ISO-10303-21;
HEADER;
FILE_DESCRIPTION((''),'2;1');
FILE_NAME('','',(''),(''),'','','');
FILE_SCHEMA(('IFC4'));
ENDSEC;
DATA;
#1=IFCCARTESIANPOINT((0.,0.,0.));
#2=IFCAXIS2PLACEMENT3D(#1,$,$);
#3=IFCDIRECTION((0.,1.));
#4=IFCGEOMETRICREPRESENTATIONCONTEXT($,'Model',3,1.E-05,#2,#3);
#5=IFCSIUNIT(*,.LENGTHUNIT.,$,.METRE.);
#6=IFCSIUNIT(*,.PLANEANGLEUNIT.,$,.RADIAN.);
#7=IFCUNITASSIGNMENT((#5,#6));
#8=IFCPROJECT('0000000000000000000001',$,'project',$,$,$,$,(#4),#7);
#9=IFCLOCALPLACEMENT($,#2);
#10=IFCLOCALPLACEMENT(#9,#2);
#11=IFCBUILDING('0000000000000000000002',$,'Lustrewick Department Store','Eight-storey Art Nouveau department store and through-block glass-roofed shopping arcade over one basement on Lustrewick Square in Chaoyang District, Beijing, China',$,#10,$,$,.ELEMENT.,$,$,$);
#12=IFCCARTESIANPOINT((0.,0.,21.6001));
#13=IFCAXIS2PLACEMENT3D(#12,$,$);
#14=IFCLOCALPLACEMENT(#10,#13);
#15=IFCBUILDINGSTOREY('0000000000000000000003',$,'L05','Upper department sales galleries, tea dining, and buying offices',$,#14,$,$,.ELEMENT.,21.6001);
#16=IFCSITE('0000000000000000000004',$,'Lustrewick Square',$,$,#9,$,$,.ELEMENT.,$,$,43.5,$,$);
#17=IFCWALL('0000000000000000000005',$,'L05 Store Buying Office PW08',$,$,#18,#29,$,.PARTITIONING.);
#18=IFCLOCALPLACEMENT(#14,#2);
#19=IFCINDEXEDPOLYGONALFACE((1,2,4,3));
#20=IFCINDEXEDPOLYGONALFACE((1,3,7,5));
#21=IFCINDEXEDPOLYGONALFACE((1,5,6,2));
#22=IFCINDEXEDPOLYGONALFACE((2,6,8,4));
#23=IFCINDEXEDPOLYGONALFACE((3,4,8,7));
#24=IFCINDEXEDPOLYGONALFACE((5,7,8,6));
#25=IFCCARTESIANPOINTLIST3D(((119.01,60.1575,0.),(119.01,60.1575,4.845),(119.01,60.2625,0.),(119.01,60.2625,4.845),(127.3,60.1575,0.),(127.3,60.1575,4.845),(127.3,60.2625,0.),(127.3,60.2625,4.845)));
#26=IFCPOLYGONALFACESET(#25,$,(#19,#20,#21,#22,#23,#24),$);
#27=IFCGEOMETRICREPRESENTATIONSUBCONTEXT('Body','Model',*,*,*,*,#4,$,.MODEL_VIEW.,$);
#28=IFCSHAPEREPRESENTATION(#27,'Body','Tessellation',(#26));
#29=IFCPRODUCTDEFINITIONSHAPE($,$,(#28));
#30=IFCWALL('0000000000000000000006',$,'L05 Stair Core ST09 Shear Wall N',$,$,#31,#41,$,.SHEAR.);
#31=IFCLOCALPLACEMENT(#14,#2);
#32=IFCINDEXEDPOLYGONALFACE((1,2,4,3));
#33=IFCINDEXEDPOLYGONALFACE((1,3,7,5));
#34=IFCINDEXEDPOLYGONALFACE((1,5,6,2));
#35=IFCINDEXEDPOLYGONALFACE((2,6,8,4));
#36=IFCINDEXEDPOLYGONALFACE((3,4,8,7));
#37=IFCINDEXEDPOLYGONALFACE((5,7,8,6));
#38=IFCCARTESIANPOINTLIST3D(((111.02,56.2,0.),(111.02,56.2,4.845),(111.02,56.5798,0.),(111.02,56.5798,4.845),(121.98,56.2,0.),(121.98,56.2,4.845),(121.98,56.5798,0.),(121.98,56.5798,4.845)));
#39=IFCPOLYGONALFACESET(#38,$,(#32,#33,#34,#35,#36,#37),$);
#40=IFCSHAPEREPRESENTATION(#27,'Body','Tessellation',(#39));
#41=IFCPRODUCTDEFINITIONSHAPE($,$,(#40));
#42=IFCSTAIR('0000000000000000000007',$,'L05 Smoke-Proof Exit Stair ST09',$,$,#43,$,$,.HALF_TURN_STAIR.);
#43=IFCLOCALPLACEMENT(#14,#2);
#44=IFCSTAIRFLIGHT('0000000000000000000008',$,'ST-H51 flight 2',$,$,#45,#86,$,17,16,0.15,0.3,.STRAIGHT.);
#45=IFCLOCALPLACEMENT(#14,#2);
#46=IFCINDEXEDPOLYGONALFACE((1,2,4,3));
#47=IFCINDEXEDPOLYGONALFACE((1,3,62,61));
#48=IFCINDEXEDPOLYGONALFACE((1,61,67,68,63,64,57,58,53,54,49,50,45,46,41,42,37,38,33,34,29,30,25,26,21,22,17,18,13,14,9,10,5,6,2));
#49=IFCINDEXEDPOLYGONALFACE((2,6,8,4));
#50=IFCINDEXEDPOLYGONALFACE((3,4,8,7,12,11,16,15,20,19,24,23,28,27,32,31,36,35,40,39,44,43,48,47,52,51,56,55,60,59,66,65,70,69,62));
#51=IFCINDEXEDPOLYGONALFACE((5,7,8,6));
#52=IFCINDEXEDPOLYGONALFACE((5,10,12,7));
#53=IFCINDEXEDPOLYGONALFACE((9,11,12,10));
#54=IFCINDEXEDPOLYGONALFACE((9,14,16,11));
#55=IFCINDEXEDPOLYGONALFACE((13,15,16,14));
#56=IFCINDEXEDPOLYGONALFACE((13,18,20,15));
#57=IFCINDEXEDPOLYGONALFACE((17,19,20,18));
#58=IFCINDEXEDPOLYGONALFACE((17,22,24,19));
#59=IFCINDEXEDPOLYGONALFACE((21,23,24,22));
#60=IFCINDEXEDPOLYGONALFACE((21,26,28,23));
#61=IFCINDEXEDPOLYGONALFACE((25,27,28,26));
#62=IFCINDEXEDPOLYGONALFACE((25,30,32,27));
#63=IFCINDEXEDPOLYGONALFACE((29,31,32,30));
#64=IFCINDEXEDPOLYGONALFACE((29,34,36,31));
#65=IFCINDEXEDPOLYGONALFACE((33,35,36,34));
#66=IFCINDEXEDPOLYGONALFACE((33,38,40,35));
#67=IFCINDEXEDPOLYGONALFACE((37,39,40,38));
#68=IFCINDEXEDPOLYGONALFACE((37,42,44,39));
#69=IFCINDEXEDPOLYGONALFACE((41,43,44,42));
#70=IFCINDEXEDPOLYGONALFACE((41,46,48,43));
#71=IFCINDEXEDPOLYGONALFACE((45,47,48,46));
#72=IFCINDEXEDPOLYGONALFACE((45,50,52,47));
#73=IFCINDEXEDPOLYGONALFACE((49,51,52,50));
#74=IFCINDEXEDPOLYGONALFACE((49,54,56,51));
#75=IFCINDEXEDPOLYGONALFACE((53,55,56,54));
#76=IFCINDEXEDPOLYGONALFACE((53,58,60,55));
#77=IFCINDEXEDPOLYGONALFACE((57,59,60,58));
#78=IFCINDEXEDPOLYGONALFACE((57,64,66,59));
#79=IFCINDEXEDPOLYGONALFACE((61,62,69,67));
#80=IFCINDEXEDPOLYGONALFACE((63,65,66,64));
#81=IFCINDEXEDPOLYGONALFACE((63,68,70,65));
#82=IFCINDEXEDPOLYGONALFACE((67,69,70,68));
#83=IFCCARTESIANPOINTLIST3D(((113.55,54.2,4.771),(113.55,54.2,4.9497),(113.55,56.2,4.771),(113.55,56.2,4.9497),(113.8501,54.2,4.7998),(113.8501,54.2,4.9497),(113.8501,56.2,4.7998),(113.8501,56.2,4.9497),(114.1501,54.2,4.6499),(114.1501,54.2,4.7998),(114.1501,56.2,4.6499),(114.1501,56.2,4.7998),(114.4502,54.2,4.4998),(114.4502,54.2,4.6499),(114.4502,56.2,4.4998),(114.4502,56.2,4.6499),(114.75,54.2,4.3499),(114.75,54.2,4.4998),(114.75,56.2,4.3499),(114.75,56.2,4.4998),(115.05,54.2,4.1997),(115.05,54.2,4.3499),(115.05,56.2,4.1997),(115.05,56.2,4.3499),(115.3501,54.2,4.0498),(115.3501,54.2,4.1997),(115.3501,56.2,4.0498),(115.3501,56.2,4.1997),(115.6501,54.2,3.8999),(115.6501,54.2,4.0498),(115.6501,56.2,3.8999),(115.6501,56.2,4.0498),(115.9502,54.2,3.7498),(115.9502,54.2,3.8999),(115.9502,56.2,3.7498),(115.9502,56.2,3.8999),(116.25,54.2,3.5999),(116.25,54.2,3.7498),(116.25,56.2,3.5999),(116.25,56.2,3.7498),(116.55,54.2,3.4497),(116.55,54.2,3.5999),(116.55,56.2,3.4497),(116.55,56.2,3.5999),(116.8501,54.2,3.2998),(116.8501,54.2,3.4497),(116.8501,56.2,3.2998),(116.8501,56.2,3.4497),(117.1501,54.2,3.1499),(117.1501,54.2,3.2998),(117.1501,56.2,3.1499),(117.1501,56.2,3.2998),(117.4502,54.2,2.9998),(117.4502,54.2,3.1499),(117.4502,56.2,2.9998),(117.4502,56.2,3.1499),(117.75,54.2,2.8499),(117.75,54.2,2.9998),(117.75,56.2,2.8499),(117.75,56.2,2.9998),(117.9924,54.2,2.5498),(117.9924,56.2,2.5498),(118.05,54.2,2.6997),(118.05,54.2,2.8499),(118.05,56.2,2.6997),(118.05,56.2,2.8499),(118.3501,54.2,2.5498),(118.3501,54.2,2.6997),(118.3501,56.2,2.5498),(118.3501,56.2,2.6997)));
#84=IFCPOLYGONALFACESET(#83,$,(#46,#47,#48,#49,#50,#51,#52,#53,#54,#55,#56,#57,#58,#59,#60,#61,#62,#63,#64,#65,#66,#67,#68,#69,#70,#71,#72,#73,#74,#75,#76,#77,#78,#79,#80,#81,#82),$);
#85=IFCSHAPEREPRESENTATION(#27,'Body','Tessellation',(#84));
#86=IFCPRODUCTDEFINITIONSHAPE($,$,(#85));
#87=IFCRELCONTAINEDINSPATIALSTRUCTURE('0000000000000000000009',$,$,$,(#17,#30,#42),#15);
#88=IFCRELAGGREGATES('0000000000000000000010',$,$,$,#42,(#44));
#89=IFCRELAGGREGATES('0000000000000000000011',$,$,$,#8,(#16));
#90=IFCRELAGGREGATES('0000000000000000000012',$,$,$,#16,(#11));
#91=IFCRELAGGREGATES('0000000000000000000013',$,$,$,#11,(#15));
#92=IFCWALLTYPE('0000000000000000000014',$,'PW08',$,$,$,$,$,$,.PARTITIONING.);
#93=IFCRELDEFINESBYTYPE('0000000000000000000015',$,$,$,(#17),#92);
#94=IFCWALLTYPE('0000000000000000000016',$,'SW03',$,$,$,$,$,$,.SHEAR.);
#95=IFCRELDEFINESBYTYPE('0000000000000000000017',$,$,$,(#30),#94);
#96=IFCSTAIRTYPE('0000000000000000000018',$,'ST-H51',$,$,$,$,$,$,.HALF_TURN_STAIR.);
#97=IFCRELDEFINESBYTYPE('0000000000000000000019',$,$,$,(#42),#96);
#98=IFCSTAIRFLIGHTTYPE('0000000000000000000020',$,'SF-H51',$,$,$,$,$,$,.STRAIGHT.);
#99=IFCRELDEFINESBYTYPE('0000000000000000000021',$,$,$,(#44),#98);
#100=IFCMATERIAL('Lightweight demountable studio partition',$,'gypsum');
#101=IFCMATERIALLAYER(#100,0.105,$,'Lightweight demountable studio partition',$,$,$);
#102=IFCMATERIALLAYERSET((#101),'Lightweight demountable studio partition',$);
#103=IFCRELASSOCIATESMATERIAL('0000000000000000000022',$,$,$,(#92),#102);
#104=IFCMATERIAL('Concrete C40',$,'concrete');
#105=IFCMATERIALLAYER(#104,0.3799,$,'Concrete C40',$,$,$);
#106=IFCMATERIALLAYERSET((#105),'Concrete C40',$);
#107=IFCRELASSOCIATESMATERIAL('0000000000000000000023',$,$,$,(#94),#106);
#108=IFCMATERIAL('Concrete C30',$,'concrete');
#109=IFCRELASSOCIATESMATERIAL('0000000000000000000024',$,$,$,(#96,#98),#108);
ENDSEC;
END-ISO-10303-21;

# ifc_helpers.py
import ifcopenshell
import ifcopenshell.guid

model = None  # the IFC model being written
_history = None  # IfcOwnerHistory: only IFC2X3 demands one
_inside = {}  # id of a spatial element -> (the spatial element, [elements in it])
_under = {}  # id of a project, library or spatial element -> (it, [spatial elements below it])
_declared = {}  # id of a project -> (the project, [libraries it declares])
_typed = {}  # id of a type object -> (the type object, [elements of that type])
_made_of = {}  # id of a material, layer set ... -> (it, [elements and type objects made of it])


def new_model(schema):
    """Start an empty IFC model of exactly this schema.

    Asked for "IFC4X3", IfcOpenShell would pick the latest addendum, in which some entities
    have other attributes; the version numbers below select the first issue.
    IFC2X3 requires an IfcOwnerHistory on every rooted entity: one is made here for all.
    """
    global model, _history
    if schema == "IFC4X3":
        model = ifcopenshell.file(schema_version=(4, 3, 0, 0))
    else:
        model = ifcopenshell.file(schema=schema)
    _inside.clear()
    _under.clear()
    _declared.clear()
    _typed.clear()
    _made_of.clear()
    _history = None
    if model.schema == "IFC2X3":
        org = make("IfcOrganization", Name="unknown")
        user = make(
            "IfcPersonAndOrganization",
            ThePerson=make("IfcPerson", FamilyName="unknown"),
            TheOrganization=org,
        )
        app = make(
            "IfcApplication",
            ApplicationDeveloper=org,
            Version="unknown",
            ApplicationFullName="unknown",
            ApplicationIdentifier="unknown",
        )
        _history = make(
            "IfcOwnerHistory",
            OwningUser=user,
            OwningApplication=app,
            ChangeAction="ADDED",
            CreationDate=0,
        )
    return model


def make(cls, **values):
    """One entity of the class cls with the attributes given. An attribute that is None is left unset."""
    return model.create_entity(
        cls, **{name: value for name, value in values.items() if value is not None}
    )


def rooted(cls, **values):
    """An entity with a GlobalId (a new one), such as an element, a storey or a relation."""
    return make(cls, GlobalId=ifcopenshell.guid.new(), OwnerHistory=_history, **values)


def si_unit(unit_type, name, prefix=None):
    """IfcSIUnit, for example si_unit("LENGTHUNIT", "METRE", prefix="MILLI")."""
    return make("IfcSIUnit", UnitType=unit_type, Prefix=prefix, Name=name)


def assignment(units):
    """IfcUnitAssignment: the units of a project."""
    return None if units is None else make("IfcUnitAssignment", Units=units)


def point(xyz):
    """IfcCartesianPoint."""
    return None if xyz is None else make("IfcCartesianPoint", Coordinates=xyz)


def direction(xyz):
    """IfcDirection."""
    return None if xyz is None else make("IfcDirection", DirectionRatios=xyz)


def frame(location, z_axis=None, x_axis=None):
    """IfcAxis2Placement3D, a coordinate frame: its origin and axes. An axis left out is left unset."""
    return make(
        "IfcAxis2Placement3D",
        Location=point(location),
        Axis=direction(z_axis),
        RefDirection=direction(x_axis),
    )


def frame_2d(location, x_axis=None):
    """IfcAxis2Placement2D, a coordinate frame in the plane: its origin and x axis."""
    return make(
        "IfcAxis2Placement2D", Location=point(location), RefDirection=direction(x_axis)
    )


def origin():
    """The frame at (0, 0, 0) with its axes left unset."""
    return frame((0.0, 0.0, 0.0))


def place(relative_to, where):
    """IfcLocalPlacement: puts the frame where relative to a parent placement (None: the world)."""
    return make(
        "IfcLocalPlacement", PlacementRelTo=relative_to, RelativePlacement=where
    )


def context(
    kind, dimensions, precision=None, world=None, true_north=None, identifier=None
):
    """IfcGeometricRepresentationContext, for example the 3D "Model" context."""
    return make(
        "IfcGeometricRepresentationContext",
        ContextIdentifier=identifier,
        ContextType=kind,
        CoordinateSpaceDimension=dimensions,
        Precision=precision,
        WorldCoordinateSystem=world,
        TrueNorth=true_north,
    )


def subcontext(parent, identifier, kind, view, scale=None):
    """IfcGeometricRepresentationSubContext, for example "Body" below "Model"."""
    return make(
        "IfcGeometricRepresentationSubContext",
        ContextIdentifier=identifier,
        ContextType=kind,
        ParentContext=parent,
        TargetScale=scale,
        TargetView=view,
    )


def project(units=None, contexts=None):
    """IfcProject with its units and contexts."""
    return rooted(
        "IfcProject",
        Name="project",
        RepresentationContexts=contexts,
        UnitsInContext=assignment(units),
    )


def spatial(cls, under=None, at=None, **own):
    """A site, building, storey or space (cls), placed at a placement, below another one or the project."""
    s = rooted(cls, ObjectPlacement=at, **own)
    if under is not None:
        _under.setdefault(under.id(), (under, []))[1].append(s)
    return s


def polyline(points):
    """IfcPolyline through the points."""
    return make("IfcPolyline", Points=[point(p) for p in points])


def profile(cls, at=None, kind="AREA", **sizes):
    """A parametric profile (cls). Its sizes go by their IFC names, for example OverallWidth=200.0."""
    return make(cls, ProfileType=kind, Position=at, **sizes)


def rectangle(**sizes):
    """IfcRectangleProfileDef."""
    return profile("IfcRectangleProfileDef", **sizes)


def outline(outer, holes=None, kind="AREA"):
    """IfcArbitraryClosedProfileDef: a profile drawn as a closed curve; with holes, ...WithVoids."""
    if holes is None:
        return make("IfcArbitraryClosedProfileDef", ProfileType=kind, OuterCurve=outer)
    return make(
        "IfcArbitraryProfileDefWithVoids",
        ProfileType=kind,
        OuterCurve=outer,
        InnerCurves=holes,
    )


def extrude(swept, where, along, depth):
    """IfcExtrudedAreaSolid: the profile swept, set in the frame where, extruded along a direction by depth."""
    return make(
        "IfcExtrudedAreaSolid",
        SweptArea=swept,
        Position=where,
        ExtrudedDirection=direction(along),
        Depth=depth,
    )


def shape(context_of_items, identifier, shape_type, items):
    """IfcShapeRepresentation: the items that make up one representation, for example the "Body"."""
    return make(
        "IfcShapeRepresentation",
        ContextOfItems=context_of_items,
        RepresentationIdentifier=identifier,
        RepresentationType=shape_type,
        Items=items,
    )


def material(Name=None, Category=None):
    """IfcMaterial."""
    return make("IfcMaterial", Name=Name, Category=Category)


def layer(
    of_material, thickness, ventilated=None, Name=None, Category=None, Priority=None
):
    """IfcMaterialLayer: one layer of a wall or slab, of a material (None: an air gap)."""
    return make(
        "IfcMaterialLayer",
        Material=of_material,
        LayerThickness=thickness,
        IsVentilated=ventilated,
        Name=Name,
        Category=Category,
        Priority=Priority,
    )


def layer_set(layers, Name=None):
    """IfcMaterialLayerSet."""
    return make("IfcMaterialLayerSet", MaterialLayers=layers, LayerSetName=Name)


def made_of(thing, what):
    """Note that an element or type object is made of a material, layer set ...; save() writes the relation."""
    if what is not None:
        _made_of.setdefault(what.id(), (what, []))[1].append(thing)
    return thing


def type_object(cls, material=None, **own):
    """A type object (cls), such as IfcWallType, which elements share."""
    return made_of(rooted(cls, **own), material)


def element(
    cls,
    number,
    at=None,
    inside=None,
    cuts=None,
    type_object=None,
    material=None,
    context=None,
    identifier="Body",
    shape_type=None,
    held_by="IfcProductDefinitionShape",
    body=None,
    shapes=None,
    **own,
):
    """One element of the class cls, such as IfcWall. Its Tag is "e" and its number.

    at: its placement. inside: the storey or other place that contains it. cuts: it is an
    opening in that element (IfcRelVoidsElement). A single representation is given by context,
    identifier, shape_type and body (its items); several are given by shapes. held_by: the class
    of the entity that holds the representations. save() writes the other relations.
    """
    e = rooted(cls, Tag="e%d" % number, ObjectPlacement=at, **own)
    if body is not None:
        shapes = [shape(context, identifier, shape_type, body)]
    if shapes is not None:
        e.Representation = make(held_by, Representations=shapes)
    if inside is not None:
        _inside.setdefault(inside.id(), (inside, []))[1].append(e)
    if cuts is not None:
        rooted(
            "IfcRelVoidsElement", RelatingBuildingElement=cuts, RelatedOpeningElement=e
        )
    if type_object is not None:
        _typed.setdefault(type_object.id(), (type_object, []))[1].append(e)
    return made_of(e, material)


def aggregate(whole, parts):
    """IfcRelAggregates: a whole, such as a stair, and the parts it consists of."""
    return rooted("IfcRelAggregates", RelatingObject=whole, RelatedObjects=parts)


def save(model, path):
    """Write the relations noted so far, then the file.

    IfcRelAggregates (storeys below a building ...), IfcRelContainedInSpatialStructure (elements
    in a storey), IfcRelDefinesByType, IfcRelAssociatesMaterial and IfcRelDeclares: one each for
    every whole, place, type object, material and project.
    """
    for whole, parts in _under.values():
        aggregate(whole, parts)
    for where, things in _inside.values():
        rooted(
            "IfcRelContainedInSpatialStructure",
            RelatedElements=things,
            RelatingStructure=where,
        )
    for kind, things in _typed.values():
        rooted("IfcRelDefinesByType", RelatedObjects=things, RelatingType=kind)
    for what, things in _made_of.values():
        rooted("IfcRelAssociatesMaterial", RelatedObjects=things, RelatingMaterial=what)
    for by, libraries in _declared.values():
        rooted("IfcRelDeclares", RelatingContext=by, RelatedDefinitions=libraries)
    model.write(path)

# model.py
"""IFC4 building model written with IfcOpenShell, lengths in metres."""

from ifc_helpers import new_model, si_unit, direction, frame, frame_2d, origin, place, context, subcontext, project, spatial, polyline, rectangle, outline, extrude, material, layer, layer_set, type_object, element, aggregate, save


model = new_model("IFC4")

# Units and contexts
model_context = context("Model", 3, precision=1e-05, world=origin(), true_north=direction((0.0, 1.0)))
body_context = subcontext(model_context, "Body", "Model", "MODEL_VIEW")
ifc_project = project(units=[si_unit("LENGTHUNIT", "METRE"), si_unit("PLANEANGLEUNIT", "RADIAN")], contexts=[model_context])

# Site, building, storey
site_placement = place(None, origin())
site = spatial("IfcSite", under=ifc_project, at=site_placement, Name="Lustrewick Square", CompositionType="ELEMENT", RefElevation=43.5)
building_placement = place(site_placement, origin())
building = spatial("IfcBuilding", under=site, at=building_placement, Name="Lustrewick Department Store", Description="Eight-storey Art Nouveau department store and through-block glass-roofed shopping arcade over one basement on Lustrewick Square in Chaoyang District, Beijing, China", CompositionType="ELEMENT")
storey_placement = place(building_placement, frame((0.0, 0.0, 21.6001)))
storey = spatial("IfcBuildingStorey", under=building, at=storey_placement, Name="L05", Description="Upper department sales galleries, tea dining, and buying offices", CompositionType="ELEMENT", Elevation=21.6001)

# Walls
ifc_material_1 = material(Name="Lightweight demountable studio partition", Category="gypsum")
ifc_layer_1 = layer(ifc_material_1, 0.105, Name="Lightweight demountable studio partition")
ifc_layer_set_1 = layer_set([ifc_layer_1], Name="Lightweight demountable studio partition")
wall_type_1 = type_object("IfcWallType", Name="PW08", PredefinedType="PARTITIONING", material=ifc_layer_set_1)
wall_1_placement = place(storey_placement, frame((119.01, 60.21, 0.0), z_axis=(0.0, 0.0, 1.0), x_axis=(1.0, 0.0, 0.0)))
element("IfcWall", 1, at=wall_1_placement, inside=storey, type_object=wall_type_1, Name="L05 Store Buying Office PW08", PredefinedType="PARTITIONING", context=body_context, shape_type="SweptSolid", body=[
    extrude(rectangle(XDim=8.29, YDim=0.105, at=frame_2d((4.145, 0.0))), origin(), (0.0, 0.0, 1.0), 4.845),
])
ifc_material_2 = material(Name="Concrete C40", Category="concrete")
ifc_layer_2 = layer(ifc_material_2, 0.3799, Name="Concrete C40")
ifc_layer_set_2 = layer_set([ifc_layer_2], Name="Concrete C40")
wall_type_2 = type_object("IfcWallType", Name="SW03", PredefinedType="SHEAR", material=ifc_layer_set_2)
wall_2_placement = place(storey_placement, frame((121.98, 56.3899, 0.0), z_axis=(0.0, 0.0, 1.0), x_axis=(-1.0, 0.0, 0.0)))
element("IfcWall", 2, at=wall_2_placement, inside=storey, type_object=wall_type_2, Name="L05 Stair Core ST09 Shear Wall N", PredefinedType="SHEAR", context=body_context, shape_type="SweptSolid", body=[
    extrude(rectangle(XDim=10.96, YDim=0.3799, at=frame_2d((5.48, 0.0))), origin(), (0.0, 0.0, 1.0), 4.845),
])

# Stair, stair flight
ifc_material_3 = material(Name="Concrete C30", Category="concrete")
stair_type = type_object("IfcStairType", Name="ST-H51", PredefinedType="HALF_TURN_STAIR", material=ifc_material_3)
stair_placement = place(storey_placement, origin())
stair = element("IfcStair", 3, at=stair_placement, inside=storey, type_object=stair_type, Name="L05 Smoke-Proof Exit Stair ST09", PredefinedType="HALF_TURN_STAIR")
stair_flight_type = type_object("IfcStairFlightType", Name="SF-H51", PredefinedType="STRAIGHT", material=ifc_material_3)
stair_flight_placement = place(storey_placement, frame((118.3501, 55.2, 2.5498), z_axis=(0.0, 0.0, 1.0), x_axis=(-1.0, 0.0, 0.0)))
stair_flight = element("IfcStairFlight", 4, at=stair_flight_placement, type_object=stair_flight_type, Name="ST-H51 flight 2", NumberOfRisers=17, NumberOfTreads=16, PredefinedType="STRAIGHT", RiserHeight=0.15, TreadLength=0.3, context=body_context, shape_type="SweptSolid", body=[
    extrude(outline(polyline([(0.0, 0.0), (0.0, 0.1499), (0.3, 0.1499), (0.3, 0.3), (0.6001, 0.3), (0.6001, 0.45), (0.8999, 0.45), (0.8999, 0.6001), (1.2, 0.6001), (1.2, 0.75), (1.5, 0.75), (1.5, 0.8999), (1.8, 0.8999), (1.8, 1.05), (2.1001, 1.05), (2.1001, 1.2), (2.3999, 1.2), (2.3999, 1.3501), (2.7, 1.3501), (2.7, 1.5), (3.0, 1.5), (3.0, 1.6499), (3.3, 1.6499), (3.3, 1.8), (3.6001, 1.8), (3.6001, 1.95), (3.8999, 1.95), (3.8999, 2.1001), (4.2, 2.1001), (4.2, 2.25), (4.5, 2.25), (4.5, 2.3999), (4.8, 2.3999), (4.8, 2.55), (4.8, 2.2212), (0.3577, 0.0), (0.0, 0.0)])), frame((0.0, 1.0, 0.0), z_axis=(0.0, -1.0, 0.0), x_axis=(1.0, 0.0, 0.0)), (0.0, 0.0, 1.0), 2.0),
])
aggregate(stair, [stair_flight])

save(model, "model.ifc")
